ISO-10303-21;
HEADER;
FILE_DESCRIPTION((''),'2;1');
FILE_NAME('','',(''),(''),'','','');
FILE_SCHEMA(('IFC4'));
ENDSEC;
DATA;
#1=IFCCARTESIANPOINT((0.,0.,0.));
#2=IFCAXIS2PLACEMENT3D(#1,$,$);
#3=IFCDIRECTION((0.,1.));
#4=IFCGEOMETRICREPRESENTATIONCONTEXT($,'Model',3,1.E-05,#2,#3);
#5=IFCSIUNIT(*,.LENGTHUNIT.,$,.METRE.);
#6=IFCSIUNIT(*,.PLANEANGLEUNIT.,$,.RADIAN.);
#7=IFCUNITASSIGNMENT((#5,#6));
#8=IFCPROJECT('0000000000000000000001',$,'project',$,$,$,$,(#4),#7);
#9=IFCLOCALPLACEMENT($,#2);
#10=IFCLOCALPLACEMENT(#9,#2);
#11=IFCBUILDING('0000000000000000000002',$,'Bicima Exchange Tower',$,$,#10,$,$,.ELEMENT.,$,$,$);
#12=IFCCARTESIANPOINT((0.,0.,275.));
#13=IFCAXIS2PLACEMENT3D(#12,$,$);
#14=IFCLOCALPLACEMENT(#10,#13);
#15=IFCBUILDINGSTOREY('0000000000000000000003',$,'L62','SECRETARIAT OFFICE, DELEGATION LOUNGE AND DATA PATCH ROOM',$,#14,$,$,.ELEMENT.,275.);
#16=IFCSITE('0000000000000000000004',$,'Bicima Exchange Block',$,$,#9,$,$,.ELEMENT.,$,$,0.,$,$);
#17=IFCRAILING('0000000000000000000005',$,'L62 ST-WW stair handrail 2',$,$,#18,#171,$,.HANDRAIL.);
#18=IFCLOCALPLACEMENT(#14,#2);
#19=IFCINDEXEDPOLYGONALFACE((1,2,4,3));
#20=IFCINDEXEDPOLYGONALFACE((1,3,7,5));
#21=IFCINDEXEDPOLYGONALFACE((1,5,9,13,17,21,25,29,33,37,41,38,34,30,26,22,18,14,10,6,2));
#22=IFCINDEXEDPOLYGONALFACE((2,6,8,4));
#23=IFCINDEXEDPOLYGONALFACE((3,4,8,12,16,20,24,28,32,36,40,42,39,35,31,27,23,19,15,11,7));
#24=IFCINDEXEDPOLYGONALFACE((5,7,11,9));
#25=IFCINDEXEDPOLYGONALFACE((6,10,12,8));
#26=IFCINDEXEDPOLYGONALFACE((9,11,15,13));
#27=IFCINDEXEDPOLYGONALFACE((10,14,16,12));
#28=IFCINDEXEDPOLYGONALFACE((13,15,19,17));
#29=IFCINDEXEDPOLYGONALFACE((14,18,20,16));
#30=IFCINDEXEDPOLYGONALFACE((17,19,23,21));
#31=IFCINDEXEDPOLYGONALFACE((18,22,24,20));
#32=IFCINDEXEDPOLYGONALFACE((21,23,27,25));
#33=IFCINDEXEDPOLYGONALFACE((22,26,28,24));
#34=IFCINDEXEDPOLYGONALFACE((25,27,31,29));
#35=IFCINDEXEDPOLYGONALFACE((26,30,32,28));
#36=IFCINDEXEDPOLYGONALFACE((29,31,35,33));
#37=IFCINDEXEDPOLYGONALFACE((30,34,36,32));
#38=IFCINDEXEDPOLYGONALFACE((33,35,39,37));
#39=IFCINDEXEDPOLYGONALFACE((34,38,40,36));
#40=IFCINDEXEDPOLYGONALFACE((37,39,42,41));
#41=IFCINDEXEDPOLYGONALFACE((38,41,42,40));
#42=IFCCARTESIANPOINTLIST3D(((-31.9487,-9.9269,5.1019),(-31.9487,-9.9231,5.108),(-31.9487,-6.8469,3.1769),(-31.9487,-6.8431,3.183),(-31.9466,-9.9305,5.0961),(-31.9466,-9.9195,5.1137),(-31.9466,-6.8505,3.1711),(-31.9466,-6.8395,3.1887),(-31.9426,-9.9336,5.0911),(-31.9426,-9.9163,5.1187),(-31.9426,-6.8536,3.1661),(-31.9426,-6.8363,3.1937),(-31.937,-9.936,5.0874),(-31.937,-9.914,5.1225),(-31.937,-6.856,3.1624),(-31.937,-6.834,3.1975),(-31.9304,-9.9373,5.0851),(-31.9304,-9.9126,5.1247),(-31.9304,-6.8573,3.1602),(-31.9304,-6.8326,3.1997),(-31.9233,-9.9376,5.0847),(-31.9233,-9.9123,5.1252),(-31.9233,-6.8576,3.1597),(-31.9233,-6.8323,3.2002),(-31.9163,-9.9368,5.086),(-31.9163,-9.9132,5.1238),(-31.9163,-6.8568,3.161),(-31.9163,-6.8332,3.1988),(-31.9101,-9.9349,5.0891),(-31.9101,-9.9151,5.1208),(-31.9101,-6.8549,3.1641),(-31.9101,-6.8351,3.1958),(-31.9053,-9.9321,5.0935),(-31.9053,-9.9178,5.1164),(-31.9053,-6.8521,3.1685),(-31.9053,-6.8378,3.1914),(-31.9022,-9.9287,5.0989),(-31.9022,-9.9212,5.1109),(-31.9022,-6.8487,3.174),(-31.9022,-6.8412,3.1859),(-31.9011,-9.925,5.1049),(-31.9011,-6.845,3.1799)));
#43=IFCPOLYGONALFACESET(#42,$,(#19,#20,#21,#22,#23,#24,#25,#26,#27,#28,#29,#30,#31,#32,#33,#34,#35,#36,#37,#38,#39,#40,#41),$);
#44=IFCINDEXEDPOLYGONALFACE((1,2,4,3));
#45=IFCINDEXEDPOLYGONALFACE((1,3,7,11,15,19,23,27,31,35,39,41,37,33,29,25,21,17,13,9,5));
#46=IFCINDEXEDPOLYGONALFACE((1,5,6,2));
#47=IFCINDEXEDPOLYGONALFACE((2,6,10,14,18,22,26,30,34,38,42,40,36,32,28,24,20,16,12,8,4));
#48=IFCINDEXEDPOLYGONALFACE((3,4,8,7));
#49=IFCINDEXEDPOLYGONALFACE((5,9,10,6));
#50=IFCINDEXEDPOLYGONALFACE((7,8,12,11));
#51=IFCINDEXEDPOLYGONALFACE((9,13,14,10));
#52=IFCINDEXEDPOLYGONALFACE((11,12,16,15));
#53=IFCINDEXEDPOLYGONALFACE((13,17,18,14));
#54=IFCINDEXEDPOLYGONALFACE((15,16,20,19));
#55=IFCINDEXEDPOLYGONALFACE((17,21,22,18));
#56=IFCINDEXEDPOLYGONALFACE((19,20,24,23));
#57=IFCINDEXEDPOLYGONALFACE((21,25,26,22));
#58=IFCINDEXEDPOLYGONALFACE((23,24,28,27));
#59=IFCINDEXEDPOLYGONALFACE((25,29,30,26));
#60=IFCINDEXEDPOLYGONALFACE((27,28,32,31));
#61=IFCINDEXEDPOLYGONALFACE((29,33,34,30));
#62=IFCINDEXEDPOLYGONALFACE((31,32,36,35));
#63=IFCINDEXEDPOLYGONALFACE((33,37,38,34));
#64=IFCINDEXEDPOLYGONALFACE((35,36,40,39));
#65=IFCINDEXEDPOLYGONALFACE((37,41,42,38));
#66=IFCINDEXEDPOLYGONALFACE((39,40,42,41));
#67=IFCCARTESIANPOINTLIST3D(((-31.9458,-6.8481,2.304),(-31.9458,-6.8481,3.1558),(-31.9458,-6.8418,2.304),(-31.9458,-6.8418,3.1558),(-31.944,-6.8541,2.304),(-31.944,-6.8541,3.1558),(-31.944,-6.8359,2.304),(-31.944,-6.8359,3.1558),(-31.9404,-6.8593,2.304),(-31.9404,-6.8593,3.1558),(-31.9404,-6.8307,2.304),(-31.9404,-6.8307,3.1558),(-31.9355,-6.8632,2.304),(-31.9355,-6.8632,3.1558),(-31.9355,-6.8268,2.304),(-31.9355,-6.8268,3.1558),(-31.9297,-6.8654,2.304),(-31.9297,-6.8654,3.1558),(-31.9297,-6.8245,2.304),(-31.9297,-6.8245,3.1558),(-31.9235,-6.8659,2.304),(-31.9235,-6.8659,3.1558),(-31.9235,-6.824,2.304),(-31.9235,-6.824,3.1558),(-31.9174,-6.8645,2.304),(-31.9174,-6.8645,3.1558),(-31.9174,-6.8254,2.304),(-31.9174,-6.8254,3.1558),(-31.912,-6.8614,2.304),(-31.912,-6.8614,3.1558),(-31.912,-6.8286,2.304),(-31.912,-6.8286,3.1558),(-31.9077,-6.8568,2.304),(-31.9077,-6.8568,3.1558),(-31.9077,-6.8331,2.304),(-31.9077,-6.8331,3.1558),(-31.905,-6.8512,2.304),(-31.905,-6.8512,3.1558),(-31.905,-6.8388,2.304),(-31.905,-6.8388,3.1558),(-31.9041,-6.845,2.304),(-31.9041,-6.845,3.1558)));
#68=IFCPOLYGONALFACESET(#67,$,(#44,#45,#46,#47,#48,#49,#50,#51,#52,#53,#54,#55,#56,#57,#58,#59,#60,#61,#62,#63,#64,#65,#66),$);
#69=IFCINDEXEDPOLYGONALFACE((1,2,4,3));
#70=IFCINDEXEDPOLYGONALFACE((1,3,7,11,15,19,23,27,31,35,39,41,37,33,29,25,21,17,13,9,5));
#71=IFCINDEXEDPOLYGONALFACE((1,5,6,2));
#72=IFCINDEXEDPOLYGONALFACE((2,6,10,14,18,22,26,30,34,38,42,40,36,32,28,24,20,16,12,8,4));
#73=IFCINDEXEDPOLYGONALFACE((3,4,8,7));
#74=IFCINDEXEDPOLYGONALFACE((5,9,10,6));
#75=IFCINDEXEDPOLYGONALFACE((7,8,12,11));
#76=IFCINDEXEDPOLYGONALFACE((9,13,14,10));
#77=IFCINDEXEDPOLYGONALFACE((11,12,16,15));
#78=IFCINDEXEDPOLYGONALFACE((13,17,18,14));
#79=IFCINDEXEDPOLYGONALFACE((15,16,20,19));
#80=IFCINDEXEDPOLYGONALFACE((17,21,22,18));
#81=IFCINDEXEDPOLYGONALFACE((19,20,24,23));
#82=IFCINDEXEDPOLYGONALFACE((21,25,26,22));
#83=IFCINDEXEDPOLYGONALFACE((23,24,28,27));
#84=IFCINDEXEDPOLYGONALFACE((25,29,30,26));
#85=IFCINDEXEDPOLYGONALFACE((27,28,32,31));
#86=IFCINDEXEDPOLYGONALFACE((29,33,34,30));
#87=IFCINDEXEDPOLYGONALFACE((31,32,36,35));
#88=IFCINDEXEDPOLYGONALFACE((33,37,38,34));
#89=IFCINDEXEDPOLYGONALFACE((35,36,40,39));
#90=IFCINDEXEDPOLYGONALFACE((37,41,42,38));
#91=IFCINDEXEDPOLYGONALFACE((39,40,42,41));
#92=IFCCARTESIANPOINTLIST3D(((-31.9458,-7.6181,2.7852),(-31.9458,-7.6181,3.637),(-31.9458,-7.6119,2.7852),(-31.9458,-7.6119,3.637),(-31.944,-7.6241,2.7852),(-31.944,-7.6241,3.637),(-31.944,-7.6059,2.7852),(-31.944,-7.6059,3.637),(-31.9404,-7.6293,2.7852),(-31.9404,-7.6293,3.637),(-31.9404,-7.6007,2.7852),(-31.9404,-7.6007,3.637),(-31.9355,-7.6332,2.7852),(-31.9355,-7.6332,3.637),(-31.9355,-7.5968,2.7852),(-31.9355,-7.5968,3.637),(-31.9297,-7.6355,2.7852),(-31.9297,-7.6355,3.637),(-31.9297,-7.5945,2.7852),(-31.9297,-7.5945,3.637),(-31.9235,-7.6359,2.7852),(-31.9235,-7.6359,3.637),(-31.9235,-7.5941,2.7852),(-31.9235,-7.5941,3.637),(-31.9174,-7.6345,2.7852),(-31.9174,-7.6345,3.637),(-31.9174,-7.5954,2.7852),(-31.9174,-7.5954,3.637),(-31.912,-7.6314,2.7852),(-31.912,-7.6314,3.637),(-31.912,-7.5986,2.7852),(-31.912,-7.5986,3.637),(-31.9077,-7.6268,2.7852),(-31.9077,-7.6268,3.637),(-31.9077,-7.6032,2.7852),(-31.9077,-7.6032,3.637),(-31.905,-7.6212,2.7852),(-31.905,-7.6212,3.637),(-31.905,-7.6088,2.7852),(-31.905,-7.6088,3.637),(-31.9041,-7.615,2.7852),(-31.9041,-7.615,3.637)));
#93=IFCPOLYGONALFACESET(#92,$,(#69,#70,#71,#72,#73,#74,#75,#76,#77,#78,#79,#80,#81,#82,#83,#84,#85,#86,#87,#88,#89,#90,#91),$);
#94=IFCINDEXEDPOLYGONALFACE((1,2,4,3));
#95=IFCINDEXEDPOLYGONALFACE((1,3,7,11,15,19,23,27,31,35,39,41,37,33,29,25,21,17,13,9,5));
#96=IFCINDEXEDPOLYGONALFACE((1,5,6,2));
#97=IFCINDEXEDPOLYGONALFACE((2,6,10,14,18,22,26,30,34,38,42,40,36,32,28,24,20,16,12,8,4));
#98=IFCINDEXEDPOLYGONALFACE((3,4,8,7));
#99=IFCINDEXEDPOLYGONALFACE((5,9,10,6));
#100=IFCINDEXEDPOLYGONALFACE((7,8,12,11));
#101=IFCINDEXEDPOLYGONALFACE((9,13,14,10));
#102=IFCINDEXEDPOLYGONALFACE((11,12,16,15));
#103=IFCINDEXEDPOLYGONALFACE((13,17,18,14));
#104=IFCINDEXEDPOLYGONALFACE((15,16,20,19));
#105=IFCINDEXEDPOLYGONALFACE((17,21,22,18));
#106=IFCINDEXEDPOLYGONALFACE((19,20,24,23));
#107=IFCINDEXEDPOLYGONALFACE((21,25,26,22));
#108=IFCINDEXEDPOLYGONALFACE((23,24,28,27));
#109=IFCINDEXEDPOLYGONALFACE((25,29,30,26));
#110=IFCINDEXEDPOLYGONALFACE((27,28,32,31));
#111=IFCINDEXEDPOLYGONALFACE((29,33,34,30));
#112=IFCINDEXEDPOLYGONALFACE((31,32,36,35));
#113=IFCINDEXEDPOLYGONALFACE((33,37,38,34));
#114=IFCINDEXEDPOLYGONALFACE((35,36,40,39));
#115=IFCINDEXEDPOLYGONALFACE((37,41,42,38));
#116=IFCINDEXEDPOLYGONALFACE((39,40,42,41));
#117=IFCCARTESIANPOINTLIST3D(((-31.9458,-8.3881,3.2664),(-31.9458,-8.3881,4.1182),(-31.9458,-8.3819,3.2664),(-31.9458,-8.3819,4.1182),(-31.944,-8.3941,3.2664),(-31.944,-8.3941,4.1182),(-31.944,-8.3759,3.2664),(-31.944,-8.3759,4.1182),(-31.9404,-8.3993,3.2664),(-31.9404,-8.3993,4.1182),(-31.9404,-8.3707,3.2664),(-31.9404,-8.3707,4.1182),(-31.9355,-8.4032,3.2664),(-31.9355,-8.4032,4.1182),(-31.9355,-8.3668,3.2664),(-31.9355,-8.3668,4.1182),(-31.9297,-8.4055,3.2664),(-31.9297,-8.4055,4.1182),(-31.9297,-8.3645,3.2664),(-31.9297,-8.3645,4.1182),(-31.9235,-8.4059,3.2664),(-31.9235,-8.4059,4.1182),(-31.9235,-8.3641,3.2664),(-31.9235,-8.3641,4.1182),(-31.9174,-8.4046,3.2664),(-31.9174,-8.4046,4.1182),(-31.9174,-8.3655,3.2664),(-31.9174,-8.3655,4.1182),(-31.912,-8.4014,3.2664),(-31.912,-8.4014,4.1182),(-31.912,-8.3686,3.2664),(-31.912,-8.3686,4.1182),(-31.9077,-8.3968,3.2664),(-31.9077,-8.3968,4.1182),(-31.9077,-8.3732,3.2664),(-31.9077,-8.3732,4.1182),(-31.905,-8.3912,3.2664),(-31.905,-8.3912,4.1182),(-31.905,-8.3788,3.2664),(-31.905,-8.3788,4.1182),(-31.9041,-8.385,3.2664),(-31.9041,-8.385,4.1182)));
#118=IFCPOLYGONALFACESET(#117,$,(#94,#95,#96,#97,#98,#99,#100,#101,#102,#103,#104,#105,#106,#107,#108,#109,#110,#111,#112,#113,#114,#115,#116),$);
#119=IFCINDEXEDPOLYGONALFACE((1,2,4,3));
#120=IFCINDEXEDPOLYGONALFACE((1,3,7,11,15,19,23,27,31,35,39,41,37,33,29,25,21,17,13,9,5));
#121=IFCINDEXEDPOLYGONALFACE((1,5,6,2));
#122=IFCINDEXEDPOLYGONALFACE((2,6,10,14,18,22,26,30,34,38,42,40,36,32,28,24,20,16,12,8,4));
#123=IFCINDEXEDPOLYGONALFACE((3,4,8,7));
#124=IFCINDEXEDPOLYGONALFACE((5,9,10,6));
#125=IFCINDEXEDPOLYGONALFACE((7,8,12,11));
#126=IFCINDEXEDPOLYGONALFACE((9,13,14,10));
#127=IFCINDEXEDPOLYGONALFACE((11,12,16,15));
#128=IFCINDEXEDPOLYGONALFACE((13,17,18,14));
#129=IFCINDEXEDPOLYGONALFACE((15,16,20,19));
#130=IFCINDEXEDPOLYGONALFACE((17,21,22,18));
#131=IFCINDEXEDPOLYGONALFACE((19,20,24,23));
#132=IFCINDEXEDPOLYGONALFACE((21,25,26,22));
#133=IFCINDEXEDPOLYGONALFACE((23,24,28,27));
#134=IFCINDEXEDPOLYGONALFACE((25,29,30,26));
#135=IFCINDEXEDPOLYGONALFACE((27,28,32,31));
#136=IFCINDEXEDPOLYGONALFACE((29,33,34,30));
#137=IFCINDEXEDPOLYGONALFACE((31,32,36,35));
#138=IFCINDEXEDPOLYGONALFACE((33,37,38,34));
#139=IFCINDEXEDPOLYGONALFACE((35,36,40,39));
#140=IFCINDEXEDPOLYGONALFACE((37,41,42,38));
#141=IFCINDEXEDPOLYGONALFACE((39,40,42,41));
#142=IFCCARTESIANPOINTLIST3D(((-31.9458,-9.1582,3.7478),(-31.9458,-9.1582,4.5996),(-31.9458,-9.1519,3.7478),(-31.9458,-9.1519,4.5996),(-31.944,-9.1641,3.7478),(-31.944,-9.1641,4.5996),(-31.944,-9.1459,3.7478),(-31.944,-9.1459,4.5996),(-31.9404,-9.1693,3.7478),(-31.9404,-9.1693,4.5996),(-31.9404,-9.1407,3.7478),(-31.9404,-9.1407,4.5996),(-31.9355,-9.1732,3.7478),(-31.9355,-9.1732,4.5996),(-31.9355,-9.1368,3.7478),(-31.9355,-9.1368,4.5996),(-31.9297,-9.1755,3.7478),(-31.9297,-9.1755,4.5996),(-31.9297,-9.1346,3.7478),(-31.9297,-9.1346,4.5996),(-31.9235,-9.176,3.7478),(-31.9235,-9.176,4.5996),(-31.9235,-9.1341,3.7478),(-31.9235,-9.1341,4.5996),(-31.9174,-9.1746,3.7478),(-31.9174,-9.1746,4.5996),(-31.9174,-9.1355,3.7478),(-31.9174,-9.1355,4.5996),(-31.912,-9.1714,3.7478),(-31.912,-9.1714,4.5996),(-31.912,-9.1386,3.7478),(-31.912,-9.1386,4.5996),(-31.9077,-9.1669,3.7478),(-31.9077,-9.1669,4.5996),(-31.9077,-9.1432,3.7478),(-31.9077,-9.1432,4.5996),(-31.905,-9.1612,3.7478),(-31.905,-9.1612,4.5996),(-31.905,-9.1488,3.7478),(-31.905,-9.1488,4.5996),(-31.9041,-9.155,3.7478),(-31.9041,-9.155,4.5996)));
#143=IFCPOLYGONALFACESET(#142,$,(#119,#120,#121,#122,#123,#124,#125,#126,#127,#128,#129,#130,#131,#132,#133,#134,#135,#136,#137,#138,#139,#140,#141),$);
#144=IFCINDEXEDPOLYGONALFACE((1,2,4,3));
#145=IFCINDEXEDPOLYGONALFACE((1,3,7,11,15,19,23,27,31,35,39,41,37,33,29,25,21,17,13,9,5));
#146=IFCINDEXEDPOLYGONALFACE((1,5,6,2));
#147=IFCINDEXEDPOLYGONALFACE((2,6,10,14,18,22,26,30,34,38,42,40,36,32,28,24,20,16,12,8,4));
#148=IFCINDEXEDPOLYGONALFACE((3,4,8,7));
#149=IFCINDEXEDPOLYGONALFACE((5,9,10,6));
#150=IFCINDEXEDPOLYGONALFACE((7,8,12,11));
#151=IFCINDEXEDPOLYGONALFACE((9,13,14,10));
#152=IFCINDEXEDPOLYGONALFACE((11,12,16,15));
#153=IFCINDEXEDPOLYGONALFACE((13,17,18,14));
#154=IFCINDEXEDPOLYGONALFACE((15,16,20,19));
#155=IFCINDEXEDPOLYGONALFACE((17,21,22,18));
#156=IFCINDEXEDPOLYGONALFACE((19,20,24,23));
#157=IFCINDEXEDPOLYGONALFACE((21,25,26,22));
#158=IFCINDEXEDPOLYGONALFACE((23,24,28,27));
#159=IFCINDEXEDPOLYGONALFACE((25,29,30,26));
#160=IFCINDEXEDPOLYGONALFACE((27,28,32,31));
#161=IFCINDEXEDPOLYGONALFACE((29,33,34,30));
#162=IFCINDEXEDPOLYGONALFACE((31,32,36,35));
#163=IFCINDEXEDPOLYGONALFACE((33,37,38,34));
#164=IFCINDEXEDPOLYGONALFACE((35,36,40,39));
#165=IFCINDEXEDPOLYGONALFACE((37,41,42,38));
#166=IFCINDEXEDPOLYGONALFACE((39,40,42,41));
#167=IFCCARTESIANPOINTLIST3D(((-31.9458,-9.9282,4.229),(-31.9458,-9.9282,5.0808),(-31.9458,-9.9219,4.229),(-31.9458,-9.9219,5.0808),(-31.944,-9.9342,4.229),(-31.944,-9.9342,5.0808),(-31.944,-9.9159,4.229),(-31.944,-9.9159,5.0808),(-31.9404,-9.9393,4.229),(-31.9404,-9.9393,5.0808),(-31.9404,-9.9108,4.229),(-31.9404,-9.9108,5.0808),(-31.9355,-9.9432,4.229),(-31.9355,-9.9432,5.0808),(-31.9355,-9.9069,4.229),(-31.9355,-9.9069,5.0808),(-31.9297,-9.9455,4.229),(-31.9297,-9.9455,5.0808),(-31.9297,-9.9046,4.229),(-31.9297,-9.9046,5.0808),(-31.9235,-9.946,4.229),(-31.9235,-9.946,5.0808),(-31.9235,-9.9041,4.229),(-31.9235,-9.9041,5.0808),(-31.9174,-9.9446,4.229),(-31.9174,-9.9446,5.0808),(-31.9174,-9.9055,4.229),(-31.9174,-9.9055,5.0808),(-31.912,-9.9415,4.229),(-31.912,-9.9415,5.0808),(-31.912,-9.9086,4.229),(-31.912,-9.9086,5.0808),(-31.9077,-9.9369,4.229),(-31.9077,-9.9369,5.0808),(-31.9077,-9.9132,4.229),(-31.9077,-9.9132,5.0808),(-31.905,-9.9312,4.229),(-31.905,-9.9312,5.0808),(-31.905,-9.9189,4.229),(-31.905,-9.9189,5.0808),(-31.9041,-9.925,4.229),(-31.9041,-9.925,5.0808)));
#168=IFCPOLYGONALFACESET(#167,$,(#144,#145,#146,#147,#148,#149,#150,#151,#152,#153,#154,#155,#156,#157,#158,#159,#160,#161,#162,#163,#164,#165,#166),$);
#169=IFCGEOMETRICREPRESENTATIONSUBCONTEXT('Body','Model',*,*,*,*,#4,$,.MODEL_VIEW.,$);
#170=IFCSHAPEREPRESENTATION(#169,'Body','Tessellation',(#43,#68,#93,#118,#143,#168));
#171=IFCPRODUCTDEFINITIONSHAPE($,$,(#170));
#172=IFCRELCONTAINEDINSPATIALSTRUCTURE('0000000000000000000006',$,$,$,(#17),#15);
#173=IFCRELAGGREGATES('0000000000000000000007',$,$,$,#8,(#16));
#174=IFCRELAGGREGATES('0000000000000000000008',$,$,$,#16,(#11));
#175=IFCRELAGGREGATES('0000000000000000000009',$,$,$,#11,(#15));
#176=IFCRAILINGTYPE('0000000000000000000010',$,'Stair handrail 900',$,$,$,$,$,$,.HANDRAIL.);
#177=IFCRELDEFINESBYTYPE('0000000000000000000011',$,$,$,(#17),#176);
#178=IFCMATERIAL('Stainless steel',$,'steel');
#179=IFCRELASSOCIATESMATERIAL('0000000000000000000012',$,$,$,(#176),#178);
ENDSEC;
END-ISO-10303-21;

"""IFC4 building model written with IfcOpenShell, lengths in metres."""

from ifc_helpers import new_model, si_unit, direction, frame, origin, origin_2d, place, context, subcontext, project, spatial, circle, extrude, material, type_object, element, save


model = new_model("IFC4")

# Units and contexts
model_context = context("Model", 3, precision=1e-05, world=origin(), true_north=direction((0.0, 1.0)))
body_context = subcontext(model_context, "Body", "Model", "MODEL_VIEW")
ifc_project = project(units=[si_unit("LENGTHUNIT", "METRE"), si_unit("PLANEANGLEUNIT", "RADIAN")], contexts=[model_context])

# Site, building, storey
site_placement = place(None, origin())
site = spatial("IfcSite", under=ifc_project, at=site_placement, Name="Bicima Exchange Block", CompositionType="ELEMENT", RefElevation=0.0)
building_placement = place(site_placement, origin())
building = spatial("IfcBuilding", under=site, at=building_placement, Name="Bicima Exchange Tower", CompositionType="ELEMENT")
storey_placement = place(building_placement, frame((0.0, 0.0, 275.0)))
storey = spatial("IfcBuildingStorey", under=building, at=storey_placement, Name="L62", Description="SECRETARIAT OFFICE, DELEGATION LOUNGE AND DATA PATCH ROOM", CompositionType="ELEMENT", Elevation=275.0)

# Railing
ifc_material_1 = material(Name="Stainless steel", Category="steel")
railing_type_1 = type_object("IfcRailingType", Name="Stair handrail 900", PredefinedType="HANDRAIL", material=ifc_material_1)
railing_1_placement = place(storey_placement, frame((-31.925, -6.845, 2.304)))
element("IfcRailing", 1, at=railing_1_placement, inside=storey, type_object=railing_type_1, Name="L62 ST-WW stair handrail 2", PredefinedType="HANDRAIL", context=body_context, shape_type="SweptSolid", body=[
    extrude(circle(Radius=0.0239, at=origin_2d()), frame((0.0, 0.0, 0.876), z_axis=(0.0, -0.847998, 0.529999), x_axis=(1.0, 0.0, 0.0)), (0.0, 0.0, 1.0), 3.6321),
    extrude(circle(Radius=0.021, at=origin_2d()), origin(), (0.0, 0.0, 1.0), 0.8518),
    extrude(circle(Radius=0.021, at=origin_2d()), frame((0.0, -0.77, 0.4812)), (0.0, 0.0, 1.0), 0.8518),
    extrude(circle(Radius=0.021, at=origin_2d()), frame((0.0, -1.54, 0.9624)), (0.0, 0.0, 1.0), 0.8518),
    extrude(circle(Radius=0.021, at=origin_2d()), frame((0.0, -2.3101, 1.4438)), (0.0, 0.0, 1.0), 0.8518),
    extrude(circle(Radius=0.021, at=origin_2d()), frame((0.0, -3.0801, 1.925)), (0.0, 0.0, 1.0), 0.8518),
])

save(model, "model.ifc")
